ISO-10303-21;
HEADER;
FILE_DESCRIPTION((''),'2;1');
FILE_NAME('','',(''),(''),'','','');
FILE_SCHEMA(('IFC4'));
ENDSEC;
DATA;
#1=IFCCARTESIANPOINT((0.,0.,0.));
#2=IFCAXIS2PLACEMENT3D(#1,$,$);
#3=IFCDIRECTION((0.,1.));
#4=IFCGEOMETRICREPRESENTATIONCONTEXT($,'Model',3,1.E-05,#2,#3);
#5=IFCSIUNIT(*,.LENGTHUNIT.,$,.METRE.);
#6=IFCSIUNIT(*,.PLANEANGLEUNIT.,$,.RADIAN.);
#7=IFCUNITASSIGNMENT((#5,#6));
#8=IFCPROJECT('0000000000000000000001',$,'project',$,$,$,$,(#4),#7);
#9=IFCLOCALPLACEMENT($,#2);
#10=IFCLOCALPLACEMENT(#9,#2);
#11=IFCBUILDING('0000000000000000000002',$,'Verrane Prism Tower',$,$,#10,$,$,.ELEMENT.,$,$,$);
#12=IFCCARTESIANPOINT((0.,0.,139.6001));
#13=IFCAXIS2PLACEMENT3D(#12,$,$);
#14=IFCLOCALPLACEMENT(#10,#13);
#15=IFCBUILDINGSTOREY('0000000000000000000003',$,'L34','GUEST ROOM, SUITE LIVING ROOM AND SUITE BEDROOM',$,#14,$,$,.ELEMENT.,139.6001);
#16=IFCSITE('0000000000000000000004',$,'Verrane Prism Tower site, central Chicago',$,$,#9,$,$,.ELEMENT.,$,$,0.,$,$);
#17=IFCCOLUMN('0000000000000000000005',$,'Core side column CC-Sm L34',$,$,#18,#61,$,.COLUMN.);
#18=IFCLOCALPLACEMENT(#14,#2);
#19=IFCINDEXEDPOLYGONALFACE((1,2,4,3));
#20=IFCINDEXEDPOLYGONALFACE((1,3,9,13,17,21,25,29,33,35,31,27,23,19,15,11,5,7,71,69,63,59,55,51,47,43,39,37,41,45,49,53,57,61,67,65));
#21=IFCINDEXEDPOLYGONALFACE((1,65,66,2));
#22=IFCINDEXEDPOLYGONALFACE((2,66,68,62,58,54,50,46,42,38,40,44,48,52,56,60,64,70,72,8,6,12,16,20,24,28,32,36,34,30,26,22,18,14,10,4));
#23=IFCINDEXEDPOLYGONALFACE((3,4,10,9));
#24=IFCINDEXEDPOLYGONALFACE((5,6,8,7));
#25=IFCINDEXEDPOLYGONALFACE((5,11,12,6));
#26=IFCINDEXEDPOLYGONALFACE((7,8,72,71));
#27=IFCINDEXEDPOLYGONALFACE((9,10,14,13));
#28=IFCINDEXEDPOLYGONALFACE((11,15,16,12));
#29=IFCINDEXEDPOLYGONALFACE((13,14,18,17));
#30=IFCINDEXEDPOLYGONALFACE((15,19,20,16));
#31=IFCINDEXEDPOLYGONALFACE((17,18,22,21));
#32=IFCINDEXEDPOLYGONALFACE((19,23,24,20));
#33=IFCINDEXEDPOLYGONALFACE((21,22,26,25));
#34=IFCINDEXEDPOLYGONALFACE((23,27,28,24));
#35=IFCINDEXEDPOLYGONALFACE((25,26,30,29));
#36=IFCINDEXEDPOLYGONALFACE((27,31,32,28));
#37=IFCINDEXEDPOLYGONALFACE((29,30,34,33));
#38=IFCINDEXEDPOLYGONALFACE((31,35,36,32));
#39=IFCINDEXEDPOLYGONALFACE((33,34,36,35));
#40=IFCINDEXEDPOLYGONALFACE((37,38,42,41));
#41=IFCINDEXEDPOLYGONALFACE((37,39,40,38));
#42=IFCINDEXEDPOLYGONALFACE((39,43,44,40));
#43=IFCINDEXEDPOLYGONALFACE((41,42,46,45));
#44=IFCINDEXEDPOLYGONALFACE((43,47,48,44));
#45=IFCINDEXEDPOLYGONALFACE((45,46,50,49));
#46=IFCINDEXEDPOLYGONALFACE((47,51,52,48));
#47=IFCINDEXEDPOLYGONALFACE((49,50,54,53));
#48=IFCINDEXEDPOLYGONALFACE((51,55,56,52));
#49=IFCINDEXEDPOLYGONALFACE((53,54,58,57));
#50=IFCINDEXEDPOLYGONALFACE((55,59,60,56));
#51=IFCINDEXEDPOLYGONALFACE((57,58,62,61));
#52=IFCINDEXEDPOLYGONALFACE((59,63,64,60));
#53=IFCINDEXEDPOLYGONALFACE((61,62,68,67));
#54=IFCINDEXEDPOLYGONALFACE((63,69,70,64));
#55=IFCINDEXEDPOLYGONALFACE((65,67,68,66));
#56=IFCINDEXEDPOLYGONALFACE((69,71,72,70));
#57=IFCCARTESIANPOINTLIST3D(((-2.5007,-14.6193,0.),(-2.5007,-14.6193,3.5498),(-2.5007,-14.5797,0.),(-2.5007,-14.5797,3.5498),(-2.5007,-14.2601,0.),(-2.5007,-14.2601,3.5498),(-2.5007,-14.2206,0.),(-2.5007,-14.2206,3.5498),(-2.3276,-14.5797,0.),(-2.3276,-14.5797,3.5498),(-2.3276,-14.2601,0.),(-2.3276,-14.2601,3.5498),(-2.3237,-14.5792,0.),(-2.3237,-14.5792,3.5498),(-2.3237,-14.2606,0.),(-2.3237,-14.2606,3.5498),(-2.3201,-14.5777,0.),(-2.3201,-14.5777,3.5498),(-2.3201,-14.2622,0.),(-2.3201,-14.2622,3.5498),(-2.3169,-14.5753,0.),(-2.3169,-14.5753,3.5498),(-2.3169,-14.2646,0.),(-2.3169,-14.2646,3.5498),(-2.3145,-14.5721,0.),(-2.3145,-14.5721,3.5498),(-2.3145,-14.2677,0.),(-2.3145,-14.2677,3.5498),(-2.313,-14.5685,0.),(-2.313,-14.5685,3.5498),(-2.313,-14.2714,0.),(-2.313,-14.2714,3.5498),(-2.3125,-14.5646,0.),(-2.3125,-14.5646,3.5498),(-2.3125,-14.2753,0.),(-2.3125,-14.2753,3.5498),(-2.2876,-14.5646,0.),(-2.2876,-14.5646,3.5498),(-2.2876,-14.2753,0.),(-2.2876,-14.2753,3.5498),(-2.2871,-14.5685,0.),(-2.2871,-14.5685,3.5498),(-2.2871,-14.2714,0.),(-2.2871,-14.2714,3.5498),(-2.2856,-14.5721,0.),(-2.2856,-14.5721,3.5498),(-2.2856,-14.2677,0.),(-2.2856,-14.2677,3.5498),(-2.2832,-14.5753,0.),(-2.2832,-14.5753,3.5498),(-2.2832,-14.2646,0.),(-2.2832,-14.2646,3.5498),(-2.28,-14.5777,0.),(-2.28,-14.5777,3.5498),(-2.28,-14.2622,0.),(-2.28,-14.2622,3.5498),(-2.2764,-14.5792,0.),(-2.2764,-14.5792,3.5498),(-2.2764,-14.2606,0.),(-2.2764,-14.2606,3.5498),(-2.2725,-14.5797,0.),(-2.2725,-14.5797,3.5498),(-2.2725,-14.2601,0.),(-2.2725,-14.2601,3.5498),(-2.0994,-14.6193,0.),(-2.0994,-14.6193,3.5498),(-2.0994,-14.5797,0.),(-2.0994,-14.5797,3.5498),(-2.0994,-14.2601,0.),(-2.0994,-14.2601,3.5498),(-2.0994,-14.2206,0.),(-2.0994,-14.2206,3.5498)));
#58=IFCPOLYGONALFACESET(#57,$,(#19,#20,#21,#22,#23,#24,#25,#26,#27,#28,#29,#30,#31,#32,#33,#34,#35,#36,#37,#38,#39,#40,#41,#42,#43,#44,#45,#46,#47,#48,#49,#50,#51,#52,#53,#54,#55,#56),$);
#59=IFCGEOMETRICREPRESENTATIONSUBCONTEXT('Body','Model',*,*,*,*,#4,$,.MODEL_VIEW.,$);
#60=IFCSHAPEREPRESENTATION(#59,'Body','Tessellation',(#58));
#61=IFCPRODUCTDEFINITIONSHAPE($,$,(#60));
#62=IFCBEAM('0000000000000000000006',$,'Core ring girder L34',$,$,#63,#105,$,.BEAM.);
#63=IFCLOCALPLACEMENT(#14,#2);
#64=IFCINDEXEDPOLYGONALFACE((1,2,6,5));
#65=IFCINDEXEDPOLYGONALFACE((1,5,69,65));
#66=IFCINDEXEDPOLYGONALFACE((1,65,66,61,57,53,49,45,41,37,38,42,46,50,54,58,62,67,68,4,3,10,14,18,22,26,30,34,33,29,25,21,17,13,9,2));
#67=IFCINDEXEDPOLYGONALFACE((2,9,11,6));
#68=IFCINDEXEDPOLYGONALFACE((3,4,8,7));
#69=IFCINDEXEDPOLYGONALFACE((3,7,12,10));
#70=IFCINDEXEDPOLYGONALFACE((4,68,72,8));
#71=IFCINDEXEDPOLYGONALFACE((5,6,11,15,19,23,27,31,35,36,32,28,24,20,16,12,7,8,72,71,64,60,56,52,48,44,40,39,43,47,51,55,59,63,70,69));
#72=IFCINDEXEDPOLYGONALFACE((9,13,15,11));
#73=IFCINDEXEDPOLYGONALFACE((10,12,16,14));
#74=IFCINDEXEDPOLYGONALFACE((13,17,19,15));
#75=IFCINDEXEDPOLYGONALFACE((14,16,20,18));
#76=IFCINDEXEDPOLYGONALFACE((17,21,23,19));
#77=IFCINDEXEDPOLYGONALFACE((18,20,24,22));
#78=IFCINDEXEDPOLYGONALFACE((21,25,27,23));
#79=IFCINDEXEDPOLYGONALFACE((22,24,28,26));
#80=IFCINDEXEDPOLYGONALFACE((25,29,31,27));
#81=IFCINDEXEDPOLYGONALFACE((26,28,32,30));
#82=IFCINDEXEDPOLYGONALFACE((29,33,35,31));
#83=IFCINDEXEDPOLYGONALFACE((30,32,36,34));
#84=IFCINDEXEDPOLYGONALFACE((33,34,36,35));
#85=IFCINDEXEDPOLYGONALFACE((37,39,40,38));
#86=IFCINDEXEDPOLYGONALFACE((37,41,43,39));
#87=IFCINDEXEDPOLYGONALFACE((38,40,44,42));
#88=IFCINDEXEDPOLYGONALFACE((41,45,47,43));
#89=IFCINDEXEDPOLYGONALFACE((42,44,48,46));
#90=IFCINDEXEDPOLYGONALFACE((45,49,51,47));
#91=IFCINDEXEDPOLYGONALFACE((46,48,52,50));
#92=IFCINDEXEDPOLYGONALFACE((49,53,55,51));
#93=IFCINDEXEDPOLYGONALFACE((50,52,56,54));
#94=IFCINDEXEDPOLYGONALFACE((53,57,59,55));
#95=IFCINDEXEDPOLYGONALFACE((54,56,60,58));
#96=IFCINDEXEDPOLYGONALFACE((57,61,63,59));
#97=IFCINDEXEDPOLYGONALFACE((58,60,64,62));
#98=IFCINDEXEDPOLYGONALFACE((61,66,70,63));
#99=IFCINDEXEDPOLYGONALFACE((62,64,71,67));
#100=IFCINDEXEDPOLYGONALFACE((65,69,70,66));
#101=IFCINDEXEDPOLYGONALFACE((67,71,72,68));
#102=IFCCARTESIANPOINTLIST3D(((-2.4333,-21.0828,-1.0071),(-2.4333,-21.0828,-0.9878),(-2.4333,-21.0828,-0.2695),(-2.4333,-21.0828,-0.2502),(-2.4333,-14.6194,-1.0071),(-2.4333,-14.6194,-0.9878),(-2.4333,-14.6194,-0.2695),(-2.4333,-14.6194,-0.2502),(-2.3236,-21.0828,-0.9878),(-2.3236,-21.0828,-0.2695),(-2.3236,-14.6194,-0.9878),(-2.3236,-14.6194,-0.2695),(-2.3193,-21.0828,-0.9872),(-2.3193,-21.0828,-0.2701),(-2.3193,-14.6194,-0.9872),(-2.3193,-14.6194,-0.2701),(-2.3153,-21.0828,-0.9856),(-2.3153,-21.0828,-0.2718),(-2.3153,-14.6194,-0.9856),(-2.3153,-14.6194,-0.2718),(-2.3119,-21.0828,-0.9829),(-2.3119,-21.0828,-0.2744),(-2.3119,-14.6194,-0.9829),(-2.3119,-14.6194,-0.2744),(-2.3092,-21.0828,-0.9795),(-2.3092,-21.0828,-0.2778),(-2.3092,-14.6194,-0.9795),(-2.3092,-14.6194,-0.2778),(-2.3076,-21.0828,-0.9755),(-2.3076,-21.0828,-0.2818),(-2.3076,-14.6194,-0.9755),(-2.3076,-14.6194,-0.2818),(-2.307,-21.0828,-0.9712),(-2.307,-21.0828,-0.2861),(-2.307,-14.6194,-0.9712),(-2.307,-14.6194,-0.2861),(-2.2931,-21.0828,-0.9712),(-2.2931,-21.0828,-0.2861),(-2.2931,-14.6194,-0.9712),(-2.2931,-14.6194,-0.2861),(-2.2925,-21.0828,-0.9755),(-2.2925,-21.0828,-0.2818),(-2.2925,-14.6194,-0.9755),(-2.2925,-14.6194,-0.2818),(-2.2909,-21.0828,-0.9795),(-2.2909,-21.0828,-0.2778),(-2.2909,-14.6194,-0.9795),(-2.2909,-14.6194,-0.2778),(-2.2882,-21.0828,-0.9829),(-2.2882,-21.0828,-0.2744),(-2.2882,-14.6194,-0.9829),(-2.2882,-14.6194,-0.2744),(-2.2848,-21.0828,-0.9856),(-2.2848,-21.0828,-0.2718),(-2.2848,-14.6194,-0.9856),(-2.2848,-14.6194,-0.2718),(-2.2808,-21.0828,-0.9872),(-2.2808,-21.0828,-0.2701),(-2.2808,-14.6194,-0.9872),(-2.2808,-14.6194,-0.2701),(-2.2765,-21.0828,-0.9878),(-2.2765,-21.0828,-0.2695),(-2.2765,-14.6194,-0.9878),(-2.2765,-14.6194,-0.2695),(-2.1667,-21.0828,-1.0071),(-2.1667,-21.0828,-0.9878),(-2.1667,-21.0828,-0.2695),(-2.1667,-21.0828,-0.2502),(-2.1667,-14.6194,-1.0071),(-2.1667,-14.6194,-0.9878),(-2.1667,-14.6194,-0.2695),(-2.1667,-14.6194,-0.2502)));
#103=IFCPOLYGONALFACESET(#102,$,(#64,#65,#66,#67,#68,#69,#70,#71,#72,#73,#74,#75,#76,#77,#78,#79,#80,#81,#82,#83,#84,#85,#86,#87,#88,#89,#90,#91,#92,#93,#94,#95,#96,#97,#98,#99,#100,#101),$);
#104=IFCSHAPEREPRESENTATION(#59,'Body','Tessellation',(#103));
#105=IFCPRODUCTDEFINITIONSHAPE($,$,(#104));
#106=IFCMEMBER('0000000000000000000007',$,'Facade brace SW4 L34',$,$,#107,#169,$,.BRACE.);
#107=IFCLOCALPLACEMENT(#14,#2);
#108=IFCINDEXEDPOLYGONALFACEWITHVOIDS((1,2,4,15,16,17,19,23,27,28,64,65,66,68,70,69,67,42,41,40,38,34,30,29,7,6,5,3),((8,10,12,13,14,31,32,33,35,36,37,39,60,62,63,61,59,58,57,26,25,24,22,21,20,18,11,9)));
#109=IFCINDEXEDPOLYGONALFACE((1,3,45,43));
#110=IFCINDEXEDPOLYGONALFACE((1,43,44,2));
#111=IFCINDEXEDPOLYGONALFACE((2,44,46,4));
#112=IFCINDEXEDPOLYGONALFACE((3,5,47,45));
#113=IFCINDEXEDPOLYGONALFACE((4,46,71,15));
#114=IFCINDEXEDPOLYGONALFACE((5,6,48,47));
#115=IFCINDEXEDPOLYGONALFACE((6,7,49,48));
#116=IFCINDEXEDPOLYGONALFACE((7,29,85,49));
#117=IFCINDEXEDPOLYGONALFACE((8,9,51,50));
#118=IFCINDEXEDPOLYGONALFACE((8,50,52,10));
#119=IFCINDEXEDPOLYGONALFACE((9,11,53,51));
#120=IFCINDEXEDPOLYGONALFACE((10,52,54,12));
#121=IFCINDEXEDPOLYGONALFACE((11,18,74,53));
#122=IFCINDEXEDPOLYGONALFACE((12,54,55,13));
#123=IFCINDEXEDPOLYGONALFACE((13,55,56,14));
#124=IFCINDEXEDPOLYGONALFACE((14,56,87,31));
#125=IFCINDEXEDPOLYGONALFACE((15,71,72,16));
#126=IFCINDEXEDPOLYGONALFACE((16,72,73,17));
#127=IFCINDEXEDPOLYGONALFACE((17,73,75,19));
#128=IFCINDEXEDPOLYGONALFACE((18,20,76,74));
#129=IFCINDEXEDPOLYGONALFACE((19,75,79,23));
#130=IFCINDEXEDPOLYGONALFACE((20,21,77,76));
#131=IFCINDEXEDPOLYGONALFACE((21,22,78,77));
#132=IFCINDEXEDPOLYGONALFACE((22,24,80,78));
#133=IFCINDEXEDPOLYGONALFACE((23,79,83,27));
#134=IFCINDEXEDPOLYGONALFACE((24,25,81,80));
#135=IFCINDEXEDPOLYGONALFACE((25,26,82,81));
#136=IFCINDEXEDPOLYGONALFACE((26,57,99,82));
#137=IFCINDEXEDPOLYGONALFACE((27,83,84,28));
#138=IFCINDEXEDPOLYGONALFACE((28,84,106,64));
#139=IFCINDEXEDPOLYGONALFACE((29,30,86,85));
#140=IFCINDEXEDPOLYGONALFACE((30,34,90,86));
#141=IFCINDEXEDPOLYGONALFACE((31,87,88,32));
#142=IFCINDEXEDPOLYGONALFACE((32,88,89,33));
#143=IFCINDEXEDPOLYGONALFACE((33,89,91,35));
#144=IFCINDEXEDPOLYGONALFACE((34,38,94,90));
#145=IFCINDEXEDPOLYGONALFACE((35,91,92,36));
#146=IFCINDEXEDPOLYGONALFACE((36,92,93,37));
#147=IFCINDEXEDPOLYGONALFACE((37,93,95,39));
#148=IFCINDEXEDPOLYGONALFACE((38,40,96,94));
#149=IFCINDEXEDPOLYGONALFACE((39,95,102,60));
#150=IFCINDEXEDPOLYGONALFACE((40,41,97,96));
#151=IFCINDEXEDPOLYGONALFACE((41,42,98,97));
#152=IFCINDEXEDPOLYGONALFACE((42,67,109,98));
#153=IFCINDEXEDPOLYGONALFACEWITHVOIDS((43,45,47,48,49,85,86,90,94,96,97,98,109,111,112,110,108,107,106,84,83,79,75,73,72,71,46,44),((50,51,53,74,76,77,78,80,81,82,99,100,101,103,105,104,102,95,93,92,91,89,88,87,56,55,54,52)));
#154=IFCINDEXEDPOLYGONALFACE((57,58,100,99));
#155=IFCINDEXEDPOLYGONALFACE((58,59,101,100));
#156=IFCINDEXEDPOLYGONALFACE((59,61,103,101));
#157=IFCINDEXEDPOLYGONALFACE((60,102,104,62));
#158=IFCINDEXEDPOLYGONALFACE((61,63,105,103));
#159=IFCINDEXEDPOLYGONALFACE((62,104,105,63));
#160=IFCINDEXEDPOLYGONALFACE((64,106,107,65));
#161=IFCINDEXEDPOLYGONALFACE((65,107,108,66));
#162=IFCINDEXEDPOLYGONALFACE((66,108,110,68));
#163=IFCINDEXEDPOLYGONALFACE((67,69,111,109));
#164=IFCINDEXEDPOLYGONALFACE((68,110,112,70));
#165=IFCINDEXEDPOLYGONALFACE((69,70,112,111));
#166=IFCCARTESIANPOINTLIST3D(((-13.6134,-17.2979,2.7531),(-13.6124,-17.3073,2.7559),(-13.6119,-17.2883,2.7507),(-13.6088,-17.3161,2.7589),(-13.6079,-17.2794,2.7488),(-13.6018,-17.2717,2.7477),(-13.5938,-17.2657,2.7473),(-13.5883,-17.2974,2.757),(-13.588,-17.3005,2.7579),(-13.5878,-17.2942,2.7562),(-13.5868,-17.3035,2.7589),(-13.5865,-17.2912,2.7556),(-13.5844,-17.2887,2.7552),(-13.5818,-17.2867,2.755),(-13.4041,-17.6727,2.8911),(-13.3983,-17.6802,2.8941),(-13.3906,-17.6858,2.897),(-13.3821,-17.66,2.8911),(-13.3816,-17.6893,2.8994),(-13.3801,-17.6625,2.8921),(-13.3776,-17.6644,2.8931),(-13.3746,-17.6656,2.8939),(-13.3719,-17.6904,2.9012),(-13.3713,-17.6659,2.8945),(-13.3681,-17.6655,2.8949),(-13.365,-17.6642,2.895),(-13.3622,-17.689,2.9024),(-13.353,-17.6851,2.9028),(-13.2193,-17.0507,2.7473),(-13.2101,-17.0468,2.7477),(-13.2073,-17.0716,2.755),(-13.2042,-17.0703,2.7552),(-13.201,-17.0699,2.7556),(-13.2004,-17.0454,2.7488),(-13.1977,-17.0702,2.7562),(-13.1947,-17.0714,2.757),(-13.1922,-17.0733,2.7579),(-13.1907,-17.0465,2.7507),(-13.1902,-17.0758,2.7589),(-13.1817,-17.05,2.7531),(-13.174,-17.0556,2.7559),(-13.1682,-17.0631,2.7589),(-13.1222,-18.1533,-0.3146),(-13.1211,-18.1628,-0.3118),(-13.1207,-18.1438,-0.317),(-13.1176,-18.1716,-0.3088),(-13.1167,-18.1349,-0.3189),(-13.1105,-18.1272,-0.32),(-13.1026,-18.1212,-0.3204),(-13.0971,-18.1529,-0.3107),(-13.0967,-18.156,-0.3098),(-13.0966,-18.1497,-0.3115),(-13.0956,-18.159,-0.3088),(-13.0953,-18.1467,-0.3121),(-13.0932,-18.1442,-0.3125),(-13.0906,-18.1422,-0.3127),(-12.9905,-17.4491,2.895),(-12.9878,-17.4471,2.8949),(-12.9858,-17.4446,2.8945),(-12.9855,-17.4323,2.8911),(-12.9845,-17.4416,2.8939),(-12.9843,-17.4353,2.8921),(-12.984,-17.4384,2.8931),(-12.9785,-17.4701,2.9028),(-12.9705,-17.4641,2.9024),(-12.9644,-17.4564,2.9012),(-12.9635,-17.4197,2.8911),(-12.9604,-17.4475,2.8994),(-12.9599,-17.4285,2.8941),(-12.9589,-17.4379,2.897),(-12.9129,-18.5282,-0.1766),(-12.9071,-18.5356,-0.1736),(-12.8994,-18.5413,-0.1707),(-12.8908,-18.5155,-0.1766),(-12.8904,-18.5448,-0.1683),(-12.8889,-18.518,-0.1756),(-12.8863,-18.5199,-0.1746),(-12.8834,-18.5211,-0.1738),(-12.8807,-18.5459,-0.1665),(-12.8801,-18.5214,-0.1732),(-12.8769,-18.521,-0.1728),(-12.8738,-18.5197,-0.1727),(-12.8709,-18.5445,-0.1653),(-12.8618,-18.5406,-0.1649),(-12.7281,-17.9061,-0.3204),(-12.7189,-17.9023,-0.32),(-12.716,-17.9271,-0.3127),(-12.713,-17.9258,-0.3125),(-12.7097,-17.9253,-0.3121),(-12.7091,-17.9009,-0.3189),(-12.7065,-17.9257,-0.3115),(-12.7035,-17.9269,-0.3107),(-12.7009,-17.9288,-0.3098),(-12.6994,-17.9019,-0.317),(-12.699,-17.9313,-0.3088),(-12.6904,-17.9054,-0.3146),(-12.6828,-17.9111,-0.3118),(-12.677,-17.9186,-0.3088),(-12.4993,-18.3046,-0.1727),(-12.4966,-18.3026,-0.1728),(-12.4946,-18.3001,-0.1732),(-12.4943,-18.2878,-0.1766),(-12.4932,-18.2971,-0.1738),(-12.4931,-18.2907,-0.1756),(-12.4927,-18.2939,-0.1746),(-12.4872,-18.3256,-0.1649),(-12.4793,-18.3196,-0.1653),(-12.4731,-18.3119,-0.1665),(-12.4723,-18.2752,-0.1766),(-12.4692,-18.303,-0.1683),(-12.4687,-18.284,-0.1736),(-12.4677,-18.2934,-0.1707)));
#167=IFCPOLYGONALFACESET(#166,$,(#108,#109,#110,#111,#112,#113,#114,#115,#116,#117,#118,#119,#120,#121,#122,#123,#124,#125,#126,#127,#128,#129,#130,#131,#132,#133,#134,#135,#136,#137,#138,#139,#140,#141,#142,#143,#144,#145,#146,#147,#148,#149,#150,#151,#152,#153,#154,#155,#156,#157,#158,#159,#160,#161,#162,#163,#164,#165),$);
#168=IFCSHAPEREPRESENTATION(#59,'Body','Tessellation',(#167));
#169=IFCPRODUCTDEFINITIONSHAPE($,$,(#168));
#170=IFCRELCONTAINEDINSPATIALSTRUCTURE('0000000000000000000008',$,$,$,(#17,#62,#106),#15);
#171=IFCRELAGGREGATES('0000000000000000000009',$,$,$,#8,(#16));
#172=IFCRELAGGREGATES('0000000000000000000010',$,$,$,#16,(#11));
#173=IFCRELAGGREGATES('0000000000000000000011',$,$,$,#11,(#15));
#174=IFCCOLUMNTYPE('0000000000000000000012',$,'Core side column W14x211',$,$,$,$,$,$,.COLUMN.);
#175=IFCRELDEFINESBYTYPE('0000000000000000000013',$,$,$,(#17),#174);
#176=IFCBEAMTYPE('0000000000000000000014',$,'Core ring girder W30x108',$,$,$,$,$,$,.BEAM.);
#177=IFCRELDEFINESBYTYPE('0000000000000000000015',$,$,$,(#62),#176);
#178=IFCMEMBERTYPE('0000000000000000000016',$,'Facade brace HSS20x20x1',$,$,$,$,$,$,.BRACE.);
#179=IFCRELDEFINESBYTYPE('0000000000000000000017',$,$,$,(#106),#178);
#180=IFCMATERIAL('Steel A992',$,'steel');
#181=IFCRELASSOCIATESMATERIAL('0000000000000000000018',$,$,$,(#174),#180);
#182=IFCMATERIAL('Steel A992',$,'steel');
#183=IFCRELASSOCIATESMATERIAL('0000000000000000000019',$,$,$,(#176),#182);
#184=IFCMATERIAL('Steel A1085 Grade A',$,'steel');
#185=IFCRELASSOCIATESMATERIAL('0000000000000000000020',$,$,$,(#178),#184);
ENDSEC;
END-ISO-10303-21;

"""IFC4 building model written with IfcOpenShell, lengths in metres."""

from ifc_helpers import new_model, si_unit, direction, frame, origin, origin_2d, place, context, subcontext, project, spatial, hollow_rectangle, i_section, extrude, material, material_profile, profile_set, type_object, element, save


model = new_model("IFC4")

# Units and contexts
model_context = context("Model", 3, precision=1e-05, world=origin(), true_north=direction((0.0, 1.0)))
body_context = subcontext(model_context, "Body", "Model", "MODEL_VIEW")
ifc_project = project(units=[si_unit("LENGTHUNIT", "METRE"), si_unit("PLANEANGLEUNIT", "RADIAN")], contexts=[model_context])

# Site, building, storey
site_placement = place(None, origin())
site = spatial("IfcSite", under=ifc_project, at=site_placement, Name="Verrane Prism Tower site, central Chicago", CompositionType="ELEMENT", RefElevation=0.0)
building_placement = place(site_placement, origin())
building = spatial("IfcBuilding", under=site, at=building_placement, Name="Verrane Prism Tower", CompositionType="ELEMENT")
storey_placement = place(building_placement, frame((0.0, 0.0, 139.6001)))
storey = spatial("IfcBuildingStorey", under=building, at=storey_placement, Name="L34", Description="GUEST ROOM, SUITE LIVING ROOM AND SUITE BEDROOM", CompositionType="ELEMENT", Elevation=139.6001)

# Column
ifc_material_1 = material(Name="Steel A992", Category="steel")
ifc_material_profile_1 = material_profile(ifc_material_1, i_section(OverallWidth=0.4014, OverallDepth=0.3987, WebThickness=0.0249, FlangeThickness=0.0396, FilletRadius=0.0151, at=origin_2d()), Name="W14x211")
ifc_profile_set_1 = profile_set([ifc_material_profile_1], Name="Steel A992")
column_type = type_object("IfcColumnType", Name="Core side column W14x211", PredefinedType="COLUMN", material=ifc_profile_set_1)
column_placement = place(storey_placement, frame((-2.3, -14.4199, 0.0), z_axis=(0.0, 0.0, 1.0), x_axis=(1.0, 0.0, 0.0)))
element("IfcColumn", 1, at=column_placement, inside=storey, type_object=column_type, Name="Core side column CC-Sm L34", PredefinedType="COLUMN", context=body_context, shape_type="SweptSolid", body=[
    extrude(i_section(OverallWidth=0.4014, OverallDepth=0.3987, WebThickness=0.0249, FlangeThickness=0.0396, FilletRadius=0.0151, at=origin_2d()), origin(), (0.0, 0.0, 1.0), 3.5498),
])

# Beam
ifc_material_2 = material(Name="Steel A992", Category="steel")
ifc_material_profile_2 = material_profile(ifc_material_2, i_section(OverallWidth=0.2666, OverallDepth=0.7568, WebThickness=0.0139, FlangeThickness=0.0193, FilletRadius=0.0166, at=origin_2d()), Name="W30x108")
ifc_profile_set_2 = profile_set([ifc_material_profile_2], Name="Steel A992")
beam_type_1 = type_object("IfcBeamType", Name="Core ring girder W30x108", PredefinedType="BEAM", material=ifc_profile_set_2)
beam_1_placement = place(storey_placement, frame((-2.3, -14.6194, -0.6287), z_axis=(0.0, -1.0, 0.0), x_axis=(1.0, 0.0, 0.0)))
element("IfcBeam", 2, at=beam_1_placement, inside=storey, type_object=beam_type_1, Name="Core ring girder L34", PredefinedType="BEAM", context=body_context, shape_type="SweptSolid", body=[
    extrude(i_section(OverallWidth=0.2666, OverallDepth=0.7568, WebThickness=0.0139, FlangeThickness=0.0193, FilletRadius=0.0166, at=origin_2d()), origin(), (0.0, 0.0, 1.0), 6.4634),
])

# Member
ifc_material_3 = material(Name="Steel A1085 Grade A", Category="steel")
ifc_material_profile_3 = material_profile(ifc_material_3, hollow_rectangle(XDim=0.5081, YDim=0.5081, WallThickness=0.0254, InnerFilletRadius=0.0127, OuterFilletRadius=0.0381, at=origin_2d()), Name="HSS20x20x1")
ifc_profile_set_3 = profile_set([ifc_material_profile_3], Name="Steel A1085 Grade A")
member_type = type_object("IfcMemberType", Name="Facade brace HSS20x20x1", PredefinedType="BRACE", material=ifc_profile_set_3)
member_placement = place(storey_placement, frame((-12.7949, -18.2234, -0.2427), z_axis=(-0.152439, 0.265481, 0.951989), x_axis=(-0.867206, -0.49795, 0.0)))
element("IfcMember", 3, at=member_placement, inside=storey, type_object=member_type, Name="Facade brace SW4 L34", PredefinedType="BRACE", context=body_context, shape_type="SweptSolid", body=[
    extrude(hollow_rectangle(XDim=0.5081, YDim=0.5081, WallThickness=0.0254, InnerFilletRadius=0.0127, OuterFilletRadius=0.0381, at=origin_2d()), origin(), (0.0, 0.0, 1.0), 3.2224),
])

save(model, "model.ifc")
